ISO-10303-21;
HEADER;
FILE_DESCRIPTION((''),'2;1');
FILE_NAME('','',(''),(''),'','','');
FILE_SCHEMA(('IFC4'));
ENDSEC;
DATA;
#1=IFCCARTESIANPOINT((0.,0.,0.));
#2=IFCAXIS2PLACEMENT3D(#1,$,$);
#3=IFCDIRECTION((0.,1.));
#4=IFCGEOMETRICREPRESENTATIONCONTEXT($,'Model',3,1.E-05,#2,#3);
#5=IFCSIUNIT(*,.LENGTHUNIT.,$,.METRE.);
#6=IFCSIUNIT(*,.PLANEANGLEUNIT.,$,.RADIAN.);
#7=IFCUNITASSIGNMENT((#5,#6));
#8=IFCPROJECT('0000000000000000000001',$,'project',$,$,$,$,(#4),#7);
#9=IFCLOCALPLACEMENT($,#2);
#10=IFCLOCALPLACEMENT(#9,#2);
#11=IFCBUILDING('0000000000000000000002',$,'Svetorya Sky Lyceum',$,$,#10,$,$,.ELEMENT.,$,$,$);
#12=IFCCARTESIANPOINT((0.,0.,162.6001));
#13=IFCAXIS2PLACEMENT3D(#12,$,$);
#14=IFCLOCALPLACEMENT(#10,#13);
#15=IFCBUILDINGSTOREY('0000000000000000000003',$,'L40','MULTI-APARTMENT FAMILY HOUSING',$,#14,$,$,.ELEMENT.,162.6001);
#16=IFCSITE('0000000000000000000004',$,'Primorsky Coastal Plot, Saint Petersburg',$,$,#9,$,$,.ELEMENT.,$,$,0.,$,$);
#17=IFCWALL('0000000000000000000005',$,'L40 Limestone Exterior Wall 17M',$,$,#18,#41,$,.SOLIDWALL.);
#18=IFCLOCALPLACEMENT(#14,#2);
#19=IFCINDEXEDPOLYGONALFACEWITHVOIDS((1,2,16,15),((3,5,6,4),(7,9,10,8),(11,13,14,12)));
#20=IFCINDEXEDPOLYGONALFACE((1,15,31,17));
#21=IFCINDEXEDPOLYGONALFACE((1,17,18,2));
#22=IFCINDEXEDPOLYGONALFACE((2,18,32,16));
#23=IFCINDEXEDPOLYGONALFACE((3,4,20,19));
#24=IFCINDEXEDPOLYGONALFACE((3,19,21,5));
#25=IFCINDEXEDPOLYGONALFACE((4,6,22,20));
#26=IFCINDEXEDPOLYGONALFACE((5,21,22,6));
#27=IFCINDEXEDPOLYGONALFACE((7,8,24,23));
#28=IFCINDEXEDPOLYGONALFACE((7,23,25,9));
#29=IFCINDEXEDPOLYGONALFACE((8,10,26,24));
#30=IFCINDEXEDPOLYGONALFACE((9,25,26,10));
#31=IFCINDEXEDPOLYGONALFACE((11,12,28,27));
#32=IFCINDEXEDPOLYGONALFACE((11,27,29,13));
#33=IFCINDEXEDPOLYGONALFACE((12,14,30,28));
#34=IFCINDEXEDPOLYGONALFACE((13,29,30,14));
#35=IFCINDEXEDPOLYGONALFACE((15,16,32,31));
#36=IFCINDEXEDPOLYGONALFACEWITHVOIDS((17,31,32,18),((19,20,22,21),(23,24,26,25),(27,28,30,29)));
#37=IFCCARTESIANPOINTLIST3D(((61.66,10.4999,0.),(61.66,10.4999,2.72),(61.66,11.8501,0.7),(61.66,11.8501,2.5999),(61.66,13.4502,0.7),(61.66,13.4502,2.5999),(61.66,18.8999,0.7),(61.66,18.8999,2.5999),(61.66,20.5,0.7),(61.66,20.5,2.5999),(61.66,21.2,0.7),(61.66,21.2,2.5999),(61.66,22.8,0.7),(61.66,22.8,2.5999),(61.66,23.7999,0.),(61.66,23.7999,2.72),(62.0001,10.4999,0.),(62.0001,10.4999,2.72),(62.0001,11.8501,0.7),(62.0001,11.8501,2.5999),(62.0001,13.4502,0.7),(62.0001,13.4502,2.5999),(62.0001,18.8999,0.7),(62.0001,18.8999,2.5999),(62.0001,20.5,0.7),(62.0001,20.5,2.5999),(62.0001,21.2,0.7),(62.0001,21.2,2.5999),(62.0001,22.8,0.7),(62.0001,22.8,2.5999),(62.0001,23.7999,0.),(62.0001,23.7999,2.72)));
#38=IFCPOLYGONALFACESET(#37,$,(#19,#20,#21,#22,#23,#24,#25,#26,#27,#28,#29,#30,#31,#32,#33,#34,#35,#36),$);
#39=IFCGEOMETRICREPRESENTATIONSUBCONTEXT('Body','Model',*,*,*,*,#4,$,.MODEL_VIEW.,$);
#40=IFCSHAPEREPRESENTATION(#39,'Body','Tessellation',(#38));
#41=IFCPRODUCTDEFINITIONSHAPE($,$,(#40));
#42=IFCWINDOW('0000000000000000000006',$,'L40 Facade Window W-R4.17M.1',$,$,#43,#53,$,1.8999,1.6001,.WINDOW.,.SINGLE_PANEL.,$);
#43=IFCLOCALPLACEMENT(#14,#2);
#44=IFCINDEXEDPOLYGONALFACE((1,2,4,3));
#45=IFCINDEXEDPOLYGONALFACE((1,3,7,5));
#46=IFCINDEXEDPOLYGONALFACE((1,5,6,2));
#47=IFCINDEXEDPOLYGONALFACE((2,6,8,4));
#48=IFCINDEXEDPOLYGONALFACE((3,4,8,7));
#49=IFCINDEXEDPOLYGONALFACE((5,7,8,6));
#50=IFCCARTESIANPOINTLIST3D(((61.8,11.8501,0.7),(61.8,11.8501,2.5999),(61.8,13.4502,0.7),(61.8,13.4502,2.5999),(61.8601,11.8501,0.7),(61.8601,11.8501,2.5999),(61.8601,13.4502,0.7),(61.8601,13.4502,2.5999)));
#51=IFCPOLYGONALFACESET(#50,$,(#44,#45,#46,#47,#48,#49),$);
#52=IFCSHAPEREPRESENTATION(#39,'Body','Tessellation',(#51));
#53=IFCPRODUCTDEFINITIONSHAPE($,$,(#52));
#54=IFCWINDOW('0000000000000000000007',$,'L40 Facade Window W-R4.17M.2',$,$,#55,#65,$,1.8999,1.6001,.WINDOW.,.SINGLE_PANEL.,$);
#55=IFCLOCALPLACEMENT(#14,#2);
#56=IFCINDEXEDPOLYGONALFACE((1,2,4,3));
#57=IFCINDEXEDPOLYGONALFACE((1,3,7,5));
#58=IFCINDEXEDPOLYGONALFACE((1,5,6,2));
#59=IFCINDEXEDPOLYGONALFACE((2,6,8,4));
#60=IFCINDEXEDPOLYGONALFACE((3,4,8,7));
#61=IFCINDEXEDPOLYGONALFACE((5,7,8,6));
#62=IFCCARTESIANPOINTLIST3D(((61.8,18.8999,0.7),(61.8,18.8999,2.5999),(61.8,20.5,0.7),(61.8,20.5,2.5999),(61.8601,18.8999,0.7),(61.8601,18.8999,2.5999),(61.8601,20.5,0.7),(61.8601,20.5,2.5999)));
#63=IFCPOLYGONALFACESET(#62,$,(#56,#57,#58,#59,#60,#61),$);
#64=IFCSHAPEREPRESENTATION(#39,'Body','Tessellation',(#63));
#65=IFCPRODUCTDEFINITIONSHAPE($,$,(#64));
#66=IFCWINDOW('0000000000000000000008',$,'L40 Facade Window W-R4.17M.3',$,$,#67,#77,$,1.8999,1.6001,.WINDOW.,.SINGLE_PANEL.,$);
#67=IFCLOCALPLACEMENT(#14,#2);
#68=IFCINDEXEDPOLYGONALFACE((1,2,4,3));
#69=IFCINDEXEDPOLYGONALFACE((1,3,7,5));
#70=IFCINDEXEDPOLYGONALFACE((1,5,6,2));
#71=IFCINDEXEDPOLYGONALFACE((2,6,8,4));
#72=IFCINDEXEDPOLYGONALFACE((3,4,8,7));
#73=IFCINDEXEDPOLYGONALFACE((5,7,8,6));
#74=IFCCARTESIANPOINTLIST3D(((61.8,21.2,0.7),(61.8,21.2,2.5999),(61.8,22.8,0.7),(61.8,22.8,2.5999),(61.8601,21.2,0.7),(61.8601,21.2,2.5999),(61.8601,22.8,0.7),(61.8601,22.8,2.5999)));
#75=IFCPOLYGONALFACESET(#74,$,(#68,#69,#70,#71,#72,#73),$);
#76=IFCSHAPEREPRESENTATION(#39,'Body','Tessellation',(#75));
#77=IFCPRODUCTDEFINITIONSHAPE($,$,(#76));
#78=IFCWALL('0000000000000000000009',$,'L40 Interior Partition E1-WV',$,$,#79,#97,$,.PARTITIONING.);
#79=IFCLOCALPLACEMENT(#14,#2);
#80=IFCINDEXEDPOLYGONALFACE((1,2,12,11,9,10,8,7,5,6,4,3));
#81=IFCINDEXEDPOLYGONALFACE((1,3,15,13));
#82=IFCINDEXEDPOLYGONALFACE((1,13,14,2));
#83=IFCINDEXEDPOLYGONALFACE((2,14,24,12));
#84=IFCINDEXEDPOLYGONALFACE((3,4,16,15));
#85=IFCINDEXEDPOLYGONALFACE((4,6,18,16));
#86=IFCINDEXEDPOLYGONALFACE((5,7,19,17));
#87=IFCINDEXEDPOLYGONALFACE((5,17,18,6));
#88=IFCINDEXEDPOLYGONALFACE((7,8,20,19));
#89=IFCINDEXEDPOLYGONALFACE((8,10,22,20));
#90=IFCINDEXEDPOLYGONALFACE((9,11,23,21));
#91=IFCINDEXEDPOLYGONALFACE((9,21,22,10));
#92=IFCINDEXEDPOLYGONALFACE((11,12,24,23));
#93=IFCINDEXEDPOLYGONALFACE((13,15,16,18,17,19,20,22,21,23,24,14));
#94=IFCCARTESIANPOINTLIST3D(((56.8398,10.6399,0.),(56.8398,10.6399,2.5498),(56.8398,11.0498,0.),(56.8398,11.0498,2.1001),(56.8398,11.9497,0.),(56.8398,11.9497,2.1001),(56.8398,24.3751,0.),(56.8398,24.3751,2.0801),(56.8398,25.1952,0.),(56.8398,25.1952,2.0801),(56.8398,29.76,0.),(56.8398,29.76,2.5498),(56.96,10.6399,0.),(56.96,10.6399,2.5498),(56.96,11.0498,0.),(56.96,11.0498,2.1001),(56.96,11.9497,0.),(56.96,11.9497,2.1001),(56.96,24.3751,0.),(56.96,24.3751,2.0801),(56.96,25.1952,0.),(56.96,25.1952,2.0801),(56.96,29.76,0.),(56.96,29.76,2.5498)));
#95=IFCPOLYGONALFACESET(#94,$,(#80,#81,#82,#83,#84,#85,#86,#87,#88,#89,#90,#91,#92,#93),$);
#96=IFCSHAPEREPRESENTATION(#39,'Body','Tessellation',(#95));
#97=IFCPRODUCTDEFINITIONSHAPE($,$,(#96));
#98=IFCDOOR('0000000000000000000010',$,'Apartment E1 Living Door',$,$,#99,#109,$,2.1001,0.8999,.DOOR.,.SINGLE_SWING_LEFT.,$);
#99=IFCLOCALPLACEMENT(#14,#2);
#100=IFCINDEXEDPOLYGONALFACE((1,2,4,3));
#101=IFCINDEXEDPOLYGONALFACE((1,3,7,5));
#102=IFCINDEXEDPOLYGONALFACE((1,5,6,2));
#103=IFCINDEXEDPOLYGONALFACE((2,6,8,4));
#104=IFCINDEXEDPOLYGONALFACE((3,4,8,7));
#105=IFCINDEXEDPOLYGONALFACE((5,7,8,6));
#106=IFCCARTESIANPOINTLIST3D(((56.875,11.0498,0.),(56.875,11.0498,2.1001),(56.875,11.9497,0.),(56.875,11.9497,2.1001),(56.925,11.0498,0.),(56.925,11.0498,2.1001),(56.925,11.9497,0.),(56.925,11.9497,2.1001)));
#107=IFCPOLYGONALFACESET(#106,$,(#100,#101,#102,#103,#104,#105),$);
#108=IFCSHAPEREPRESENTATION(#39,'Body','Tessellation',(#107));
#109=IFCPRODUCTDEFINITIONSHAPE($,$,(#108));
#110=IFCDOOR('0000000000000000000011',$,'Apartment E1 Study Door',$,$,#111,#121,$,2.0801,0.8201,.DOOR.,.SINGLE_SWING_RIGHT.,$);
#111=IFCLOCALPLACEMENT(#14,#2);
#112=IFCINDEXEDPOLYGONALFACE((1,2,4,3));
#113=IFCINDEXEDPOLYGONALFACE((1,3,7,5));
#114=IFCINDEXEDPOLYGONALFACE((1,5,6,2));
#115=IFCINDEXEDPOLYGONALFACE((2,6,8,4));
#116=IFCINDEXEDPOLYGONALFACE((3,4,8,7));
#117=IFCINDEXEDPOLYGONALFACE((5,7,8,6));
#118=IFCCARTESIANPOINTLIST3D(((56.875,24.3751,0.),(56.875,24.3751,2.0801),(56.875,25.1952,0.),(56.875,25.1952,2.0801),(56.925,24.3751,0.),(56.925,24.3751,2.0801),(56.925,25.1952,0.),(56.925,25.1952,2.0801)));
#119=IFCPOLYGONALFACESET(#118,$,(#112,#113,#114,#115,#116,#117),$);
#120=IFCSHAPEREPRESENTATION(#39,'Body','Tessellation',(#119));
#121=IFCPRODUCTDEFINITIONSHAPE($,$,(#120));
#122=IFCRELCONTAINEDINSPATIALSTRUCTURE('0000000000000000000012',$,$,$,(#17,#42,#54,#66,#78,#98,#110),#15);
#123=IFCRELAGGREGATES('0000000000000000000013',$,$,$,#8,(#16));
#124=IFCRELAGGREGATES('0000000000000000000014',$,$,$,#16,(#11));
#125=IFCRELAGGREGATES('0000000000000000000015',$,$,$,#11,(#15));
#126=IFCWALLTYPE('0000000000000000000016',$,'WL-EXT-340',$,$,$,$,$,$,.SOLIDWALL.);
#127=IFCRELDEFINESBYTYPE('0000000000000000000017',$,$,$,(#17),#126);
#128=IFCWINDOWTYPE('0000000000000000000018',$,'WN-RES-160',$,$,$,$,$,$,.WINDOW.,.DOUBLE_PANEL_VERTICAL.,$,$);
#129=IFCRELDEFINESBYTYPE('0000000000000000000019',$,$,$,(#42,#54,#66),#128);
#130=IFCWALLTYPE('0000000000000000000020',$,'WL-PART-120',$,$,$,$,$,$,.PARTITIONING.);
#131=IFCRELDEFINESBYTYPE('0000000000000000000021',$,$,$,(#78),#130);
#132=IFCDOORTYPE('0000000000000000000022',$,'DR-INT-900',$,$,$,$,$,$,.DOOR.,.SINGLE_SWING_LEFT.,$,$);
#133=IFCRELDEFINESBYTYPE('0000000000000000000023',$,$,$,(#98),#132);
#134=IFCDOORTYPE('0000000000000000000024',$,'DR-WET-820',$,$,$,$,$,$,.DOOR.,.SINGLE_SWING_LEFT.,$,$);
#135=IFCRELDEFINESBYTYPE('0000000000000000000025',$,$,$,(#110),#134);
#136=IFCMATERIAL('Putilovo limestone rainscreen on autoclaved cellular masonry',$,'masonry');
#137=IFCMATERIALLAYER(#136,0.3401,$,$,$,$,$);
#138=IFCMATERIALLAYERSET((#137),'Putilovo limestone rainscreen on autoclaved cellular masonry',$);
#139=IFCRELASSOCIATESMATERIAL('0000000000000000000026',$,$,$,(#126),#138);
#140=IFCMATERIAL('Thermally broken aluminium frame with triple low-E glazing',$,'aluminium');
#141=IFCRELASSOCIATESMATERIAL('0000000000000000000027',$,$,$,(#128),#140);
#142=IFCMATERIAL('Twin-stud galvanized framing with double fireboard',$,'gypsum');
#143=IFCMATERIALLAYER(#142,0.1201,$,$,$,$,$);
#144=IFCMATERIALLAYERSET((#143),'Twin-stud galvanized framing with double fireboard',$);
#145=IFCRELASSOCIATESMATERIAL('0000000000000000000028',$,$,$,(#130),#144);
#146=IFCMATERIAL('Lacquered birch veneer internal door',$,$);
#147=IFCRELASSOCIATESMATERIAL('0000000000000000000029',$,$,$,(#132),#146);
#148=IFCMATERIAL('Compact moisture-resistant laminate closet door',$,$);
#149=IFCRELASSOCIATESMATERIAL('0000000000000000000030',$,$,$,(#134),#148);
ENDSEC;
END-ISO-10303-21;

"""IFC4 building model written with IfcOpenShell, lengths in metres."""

from ifc_helpers import new_model, si_unit, direction, frame, frame_2d, origin, place, context, subcontext, project, spatial, rectangle, extrude, material, layer, layer_set, type_object, element, fill, save


model = new_model("IFC4")

# Units and contexts
model_context = context("Model", 3, precision=1e-05, world=origin(), true_north=direction((0.0, 1.0)))
body_context = subcontext(model_context, "Body", "Model", "MODEL_VIEW")
ifc_project = project(units=[si_unit("LENGTHUNIT", "METRE"), si_unit("PLANEANGLEUNIT", "RADIAN")], contexts=[model_context])

# Site, building, storey
site_placement = place(None, origin())
site = spatial("IfcSite", under=ifc_project, at=site_placement, Name="Primorsky Coastal Plot, Saint Petersburg", CompositionType="ELEMENT", RefElevation=0.0)
building_placement = place(site_placement, origin())
building = spatial("IfcBuilding", under=site, at=building_placement, Name="Svetorya Sky Lyceum", CompositionType="ELEMENT")
storey_placement = place(building_placement, frame((0.0, 0.0, 162.6001)))
storey = spatial("IfcBuildingStorey", under=building, at=storey_placement, Name="L40", Description="MULTI-APARTMENT FAMILY HOUSING", CompositionType="ELEMENT", Elevation=162.6001)

# Shared definitions
ifc_material_1 = material(Name="Putilovo limestone rainscreen on autoclaved cellular masonry", Category="masonry")
ifc_layer_1 = layer(ifc_material_1, 0.3401)
ifc_layer_set_1 = layer_set([ifc_layer_1], Name="Putilovo limestone rainscreen on autoclaved cellular masonry")
wall_type_1 = type_object("IfcWallType", Name="WL-EXT-340", PredefinedType="SOLIDWALL", material=ifc_layer_set_1)

# Wall, openings, windows
wall_1_placement = place(storey_placement, frame((61.8301, 10.5, 0.0), z_axis=(0.0, 0.0, 1.0), x_axis=(0.0, 1.0, 0.0)))
wall_1 = element("IfcWall", 1, at=wall_1_placement, inside=storey, type_object=wall_type_1, Name="L40 Limestone Exterior Wall 17M", PredefinedType="SOLIDWALL", context=body_context, shape_type="SweptSolid", body=[
    extrude(rectangle(XDim=13.3, YDim=0.3401, at=frame_2d((6.6499, 0.0))), origin(), (0.0, 0.0, 1.0), 2.72),
])
opening_1_placement = place(wall_1_placement, frame((1.3501, 0.0, 0.7)))
opening_1 = element("IfcOpeningElement", 2, at=opening_1_placement, cuts=wall_1, PredefinedType="OPENING", context=body_context, shape_type="SweptSolid", body=[
    extrude(rectangle(XDim=1.6001, YDim=1.8999, at=frame_2d((0.8, 0.95))), frame((0.0, 0.1799, 0.0), z_axis=(0.0, -1.0, 0.0), x_axis=(1.0, 0.0, 0.0)), (0.0, 0.0, 1.0), 0.3601),
])
opening_2_placement = place(wall_1_placement, frame((8.3999, 0.0, 0.7)))
opening_2 = element("IfcOpeningElement", 3, at=opening_2_placement, cuts=wall_1, PredefinedType="OPENING", context=body_context, shape_type="SweptSolid", body=[
    extrude(rectangle(XDim=1.6001, YDim=1.8999, at=frame_2d((0.8, 0.95))), frame((0.0, 0.1799, 0.0), z_axis=(0.0, -1.0, 0.0), x_axis=(1.0, 0.0, 0.0)), (0.0, 0.0, 1.0), 0.3601),
])
opening_3_placement = place(wall_1_placement, frame((10.7, 0.0, 0.7)))
opening_3 = element("IfcOpeningElement", 4, at=opening_3_placement, cuts=wall_1, PredefinedType="OPENING", context=body_context, shape_type="SweptSolid", body=[
    extrude(rectangle(XDim=1.6001, YDim=1.8999, at=frame_2d((0.8, 0.95))), frame((0.0, 0.1799, 0.0), z_axis=(0.0, -1.0, 0.0), x_axis=(1.0, 0.0, 0.0)), (0.0, 0.0, 1.0), 0.3601),
])
ifc_material_2 = material(Name="Thermally broken aluminium frame with triple low-E glazing", Category="aluminium")
window_type = type_object("IfcWindowType", Name="WN-RES-160", PartitioningType="DOUBLE_PANEL_VERTICAL", PredefinedType="WINDOW", material=ifc_material_2)
window_1_placement = place(opening_1_placement, origin())
window_1 = element("IfcWindow", 5, at=window_1_placement, inside=storey, type_object=window_type, Name="L40 Facade Window W-R4.17M.1", OverallHeight=1.8999, OverallWidth=1.6001, PartitioningType="SINGLE_PANEL", PredefinedType="WINDOW", context=body_context, shape_type="SweptSolid", body=[
    extrude(rectangle(XDim=1.6001, YDim=1.8999, at=frame_2d((0.8, 0.95))), frame((0.0, 0.03, 0.0), z_axis=(0.0, -1.0, 0.0), x_axis=(1.0, 0.0, 0.0)), (0.0, 0.0, 1.0), 0.0601),
])
fill(opening_1, window_1)
window_2_placement = place(opening_2_placement, origin())
window_2 = element("IfcWindow", 6, at=window_2_placement, inside=storey, type_object=window_type, Name="L40 Facade Window W-R4.17M.2", OverallHeight=1.8999, OverallWidth=1.6001, PartitioningType="SINGLE_PANEL", PredefinedType="WINDOW", context=body_context, shape_type="SweptSolid", body=[
    extrude(rectangle(XDim=1.6001, YDim=1.8999, at=frame_2d((0.8, 0.95))), frame((0.0, 0.03, 0.0), z_axis=(0.0, -1.0, 0.0), x_axis=(1.0, 0.0, 0.0)), (0.0, 0.0, 1.0), 0.0601),
])
fill(opening_2, window_2)
window_3_placement = place(opening_3_placement, origin())
window_3 = element("IfcWindow", 7, at=window_3_placement, inside=storey, type_object=window_type, Name="L40 Facade Window W-R4.17M.3", OverallHeight=1.8999, OverallWidth=1.6001, PartitioningType="SINGLE_PANEL", PredefinedType="WINDOW", context=body_context, shape_type="SweptSolid", body=[
    extrude(rectangle(XDim=1.6001, YDim=1.8999, at=frame_2d((0.8, 0.95))), frame((0.0, 0.03, 0.0), z_axis=(0.0, -1.0, 0.0), x_axis=(1.0, 0.0, 0.0)), (0.0, 0.0, 1.0), 0.0601),
])
fill(opening_3, window_3)

# Wall, openings, doors
ifc_material_3 = material(Name="Twin-stud galvanized framing with double fireboard", Category="gypsum")
ifc_layer_2 = layer(ifc_material_3, 0.1201)
ifc_layer_set_2 = layer_set([ifc_layer_2], Name="Twin-stud galvanized framing with double fireboard")
wall_type_2 = type_object("IfcWallType", Name="WL-PART-120", PredefinedType="PARTITIONING", material=ifc_layer_set_2)
wall_2_placement = place(storey_placement, frame((56.8999, 10.6399, 0.0), z_axis=(0.0, 0.0, 1.0), x_axis=(0.0, 1.0, 0.0)))
wall_2 = element("IfcWall", 8, at=wall_2_placement, inside=storey, type_object=wall_type_2, Name="L40 Interior Partition E1-WV", PredefinedType="PARTITIONING", context=body_context, shape_type="SweptSolid", body=[
    extrude(rectangle(XDim=19.1201, YDim=0.1201, at=frame_2d((9.5601, 0.0))), origin(), (0.0, 0.0, 1.0), 2.5498),
])
opening_4_placement = place(wall_2_placement, frame((0.4099, 0.0, 0.0)))
opening_4 = element("IfcOpeningElement", 9, at=opening_4_placement, cuts=wall_2, PredefinedType="OPENING", context=body_context, shape_type="SweptSolid", body=[
    extrude(rectangle(XDim=0.8999, YDim=2.1001, at=frame_2d((0.45, 1.05))), frame((0.0, 0.0701, 0.0), z_axis=(0.0, -1.0, 0.0), x_axis=(1.0, 0.0, 0.0)), (0.0, 0.0, 1.0), 0.1401),
])
opening_5_placement = place(wall_2_placement, frame((13.7351, 0.0, 0.0)))
opening_5 = element("IfcOpeningElement", 10, at=opening_5_placement, cuts=wall_2, PredefinedType="OPENING", context=body_context, shape_type="SweptSolid", body=[
    extrude(rectangle(XDim=0.8201, YDim=2.0801, at=frame_2d((0.4102, 1.04))), frame((0.0, 0.0701, 0.0), z_axis=(0.0, -1.0, 0.0), x_axis=(1.0, 0.0, 0.0)), (0.0, 0.0, 1.0), 0.1401),
])
ifc_material_4 = material(Name="Lacquered birch veneer internal door")
door_type_1 = type_object("IfcDoorType", Name="DR-INT-900", OperationType="SINGLE_SWING_LEFT", PredefinedType="DOOR", material=ifc_material_4)
door_1_placement = place(opening_4_placement, origin())
door_1 = element("IfcDoor", 11, at=door_1_placement, inside=storey, type_object=door_type_1, Name="Apartment E1 Living Door", OperationType="SINGLE_SWING_LEFT", OverallHeight=2.1001, OverallWidth=0.8999, PredefinedType="DOOR", context=body_context, shape_type="SweptSolid", body=[
    extrude(rectangle(XDim=0.8999, YDim=2.1001, at=frame_2d((0.45, 1.05))), frame((0.0, 0.0249, 0.0), z_axis=(0.0, -1.0, 0.0), x_axis=(1.0, 0.0, 0.0)), (0.0, 0.0, 1.0), 0.05),
])
fill(opening_4, door_1)
ifc_material_5 = material(Name="Compact moisture-resistant laminate closet door")
door_type_2 = type_object("IfcDoorType", Name="DR-WET-820", OperationType="SINGLE_SWING_LEFT", PredefinedType="DOOR", material=ifc_material_5)
door_2_placement = place(opening_5_placement, origin())
door_2 = element("IfcDoor", 12, at=door_2_placement, inside=storey, type_object=door_type_2, Name="Apartment E1 Study Door", OperationType="SINGLE_SWING_RIGHT", OverallHeight=2.0801, OverallWidth=0.8201, PredefinedType="DOOR", context=body_context, shape_type="SweptSolid", body=[
    extrude(rectangle(XDim=0.8201, YDim=2.0801, at=frame_2d((0.4102, 1.04))), frame((0.0, 0.0249, 0.0), z_axis=(0.0, -1.0, 0.0), x_axis=(1.0, 0.0, 0.0)), (0.0, 0.0, 1.0), 0.05),
])
fill(opening_5, door_2)

save(model, "model.ifc")
